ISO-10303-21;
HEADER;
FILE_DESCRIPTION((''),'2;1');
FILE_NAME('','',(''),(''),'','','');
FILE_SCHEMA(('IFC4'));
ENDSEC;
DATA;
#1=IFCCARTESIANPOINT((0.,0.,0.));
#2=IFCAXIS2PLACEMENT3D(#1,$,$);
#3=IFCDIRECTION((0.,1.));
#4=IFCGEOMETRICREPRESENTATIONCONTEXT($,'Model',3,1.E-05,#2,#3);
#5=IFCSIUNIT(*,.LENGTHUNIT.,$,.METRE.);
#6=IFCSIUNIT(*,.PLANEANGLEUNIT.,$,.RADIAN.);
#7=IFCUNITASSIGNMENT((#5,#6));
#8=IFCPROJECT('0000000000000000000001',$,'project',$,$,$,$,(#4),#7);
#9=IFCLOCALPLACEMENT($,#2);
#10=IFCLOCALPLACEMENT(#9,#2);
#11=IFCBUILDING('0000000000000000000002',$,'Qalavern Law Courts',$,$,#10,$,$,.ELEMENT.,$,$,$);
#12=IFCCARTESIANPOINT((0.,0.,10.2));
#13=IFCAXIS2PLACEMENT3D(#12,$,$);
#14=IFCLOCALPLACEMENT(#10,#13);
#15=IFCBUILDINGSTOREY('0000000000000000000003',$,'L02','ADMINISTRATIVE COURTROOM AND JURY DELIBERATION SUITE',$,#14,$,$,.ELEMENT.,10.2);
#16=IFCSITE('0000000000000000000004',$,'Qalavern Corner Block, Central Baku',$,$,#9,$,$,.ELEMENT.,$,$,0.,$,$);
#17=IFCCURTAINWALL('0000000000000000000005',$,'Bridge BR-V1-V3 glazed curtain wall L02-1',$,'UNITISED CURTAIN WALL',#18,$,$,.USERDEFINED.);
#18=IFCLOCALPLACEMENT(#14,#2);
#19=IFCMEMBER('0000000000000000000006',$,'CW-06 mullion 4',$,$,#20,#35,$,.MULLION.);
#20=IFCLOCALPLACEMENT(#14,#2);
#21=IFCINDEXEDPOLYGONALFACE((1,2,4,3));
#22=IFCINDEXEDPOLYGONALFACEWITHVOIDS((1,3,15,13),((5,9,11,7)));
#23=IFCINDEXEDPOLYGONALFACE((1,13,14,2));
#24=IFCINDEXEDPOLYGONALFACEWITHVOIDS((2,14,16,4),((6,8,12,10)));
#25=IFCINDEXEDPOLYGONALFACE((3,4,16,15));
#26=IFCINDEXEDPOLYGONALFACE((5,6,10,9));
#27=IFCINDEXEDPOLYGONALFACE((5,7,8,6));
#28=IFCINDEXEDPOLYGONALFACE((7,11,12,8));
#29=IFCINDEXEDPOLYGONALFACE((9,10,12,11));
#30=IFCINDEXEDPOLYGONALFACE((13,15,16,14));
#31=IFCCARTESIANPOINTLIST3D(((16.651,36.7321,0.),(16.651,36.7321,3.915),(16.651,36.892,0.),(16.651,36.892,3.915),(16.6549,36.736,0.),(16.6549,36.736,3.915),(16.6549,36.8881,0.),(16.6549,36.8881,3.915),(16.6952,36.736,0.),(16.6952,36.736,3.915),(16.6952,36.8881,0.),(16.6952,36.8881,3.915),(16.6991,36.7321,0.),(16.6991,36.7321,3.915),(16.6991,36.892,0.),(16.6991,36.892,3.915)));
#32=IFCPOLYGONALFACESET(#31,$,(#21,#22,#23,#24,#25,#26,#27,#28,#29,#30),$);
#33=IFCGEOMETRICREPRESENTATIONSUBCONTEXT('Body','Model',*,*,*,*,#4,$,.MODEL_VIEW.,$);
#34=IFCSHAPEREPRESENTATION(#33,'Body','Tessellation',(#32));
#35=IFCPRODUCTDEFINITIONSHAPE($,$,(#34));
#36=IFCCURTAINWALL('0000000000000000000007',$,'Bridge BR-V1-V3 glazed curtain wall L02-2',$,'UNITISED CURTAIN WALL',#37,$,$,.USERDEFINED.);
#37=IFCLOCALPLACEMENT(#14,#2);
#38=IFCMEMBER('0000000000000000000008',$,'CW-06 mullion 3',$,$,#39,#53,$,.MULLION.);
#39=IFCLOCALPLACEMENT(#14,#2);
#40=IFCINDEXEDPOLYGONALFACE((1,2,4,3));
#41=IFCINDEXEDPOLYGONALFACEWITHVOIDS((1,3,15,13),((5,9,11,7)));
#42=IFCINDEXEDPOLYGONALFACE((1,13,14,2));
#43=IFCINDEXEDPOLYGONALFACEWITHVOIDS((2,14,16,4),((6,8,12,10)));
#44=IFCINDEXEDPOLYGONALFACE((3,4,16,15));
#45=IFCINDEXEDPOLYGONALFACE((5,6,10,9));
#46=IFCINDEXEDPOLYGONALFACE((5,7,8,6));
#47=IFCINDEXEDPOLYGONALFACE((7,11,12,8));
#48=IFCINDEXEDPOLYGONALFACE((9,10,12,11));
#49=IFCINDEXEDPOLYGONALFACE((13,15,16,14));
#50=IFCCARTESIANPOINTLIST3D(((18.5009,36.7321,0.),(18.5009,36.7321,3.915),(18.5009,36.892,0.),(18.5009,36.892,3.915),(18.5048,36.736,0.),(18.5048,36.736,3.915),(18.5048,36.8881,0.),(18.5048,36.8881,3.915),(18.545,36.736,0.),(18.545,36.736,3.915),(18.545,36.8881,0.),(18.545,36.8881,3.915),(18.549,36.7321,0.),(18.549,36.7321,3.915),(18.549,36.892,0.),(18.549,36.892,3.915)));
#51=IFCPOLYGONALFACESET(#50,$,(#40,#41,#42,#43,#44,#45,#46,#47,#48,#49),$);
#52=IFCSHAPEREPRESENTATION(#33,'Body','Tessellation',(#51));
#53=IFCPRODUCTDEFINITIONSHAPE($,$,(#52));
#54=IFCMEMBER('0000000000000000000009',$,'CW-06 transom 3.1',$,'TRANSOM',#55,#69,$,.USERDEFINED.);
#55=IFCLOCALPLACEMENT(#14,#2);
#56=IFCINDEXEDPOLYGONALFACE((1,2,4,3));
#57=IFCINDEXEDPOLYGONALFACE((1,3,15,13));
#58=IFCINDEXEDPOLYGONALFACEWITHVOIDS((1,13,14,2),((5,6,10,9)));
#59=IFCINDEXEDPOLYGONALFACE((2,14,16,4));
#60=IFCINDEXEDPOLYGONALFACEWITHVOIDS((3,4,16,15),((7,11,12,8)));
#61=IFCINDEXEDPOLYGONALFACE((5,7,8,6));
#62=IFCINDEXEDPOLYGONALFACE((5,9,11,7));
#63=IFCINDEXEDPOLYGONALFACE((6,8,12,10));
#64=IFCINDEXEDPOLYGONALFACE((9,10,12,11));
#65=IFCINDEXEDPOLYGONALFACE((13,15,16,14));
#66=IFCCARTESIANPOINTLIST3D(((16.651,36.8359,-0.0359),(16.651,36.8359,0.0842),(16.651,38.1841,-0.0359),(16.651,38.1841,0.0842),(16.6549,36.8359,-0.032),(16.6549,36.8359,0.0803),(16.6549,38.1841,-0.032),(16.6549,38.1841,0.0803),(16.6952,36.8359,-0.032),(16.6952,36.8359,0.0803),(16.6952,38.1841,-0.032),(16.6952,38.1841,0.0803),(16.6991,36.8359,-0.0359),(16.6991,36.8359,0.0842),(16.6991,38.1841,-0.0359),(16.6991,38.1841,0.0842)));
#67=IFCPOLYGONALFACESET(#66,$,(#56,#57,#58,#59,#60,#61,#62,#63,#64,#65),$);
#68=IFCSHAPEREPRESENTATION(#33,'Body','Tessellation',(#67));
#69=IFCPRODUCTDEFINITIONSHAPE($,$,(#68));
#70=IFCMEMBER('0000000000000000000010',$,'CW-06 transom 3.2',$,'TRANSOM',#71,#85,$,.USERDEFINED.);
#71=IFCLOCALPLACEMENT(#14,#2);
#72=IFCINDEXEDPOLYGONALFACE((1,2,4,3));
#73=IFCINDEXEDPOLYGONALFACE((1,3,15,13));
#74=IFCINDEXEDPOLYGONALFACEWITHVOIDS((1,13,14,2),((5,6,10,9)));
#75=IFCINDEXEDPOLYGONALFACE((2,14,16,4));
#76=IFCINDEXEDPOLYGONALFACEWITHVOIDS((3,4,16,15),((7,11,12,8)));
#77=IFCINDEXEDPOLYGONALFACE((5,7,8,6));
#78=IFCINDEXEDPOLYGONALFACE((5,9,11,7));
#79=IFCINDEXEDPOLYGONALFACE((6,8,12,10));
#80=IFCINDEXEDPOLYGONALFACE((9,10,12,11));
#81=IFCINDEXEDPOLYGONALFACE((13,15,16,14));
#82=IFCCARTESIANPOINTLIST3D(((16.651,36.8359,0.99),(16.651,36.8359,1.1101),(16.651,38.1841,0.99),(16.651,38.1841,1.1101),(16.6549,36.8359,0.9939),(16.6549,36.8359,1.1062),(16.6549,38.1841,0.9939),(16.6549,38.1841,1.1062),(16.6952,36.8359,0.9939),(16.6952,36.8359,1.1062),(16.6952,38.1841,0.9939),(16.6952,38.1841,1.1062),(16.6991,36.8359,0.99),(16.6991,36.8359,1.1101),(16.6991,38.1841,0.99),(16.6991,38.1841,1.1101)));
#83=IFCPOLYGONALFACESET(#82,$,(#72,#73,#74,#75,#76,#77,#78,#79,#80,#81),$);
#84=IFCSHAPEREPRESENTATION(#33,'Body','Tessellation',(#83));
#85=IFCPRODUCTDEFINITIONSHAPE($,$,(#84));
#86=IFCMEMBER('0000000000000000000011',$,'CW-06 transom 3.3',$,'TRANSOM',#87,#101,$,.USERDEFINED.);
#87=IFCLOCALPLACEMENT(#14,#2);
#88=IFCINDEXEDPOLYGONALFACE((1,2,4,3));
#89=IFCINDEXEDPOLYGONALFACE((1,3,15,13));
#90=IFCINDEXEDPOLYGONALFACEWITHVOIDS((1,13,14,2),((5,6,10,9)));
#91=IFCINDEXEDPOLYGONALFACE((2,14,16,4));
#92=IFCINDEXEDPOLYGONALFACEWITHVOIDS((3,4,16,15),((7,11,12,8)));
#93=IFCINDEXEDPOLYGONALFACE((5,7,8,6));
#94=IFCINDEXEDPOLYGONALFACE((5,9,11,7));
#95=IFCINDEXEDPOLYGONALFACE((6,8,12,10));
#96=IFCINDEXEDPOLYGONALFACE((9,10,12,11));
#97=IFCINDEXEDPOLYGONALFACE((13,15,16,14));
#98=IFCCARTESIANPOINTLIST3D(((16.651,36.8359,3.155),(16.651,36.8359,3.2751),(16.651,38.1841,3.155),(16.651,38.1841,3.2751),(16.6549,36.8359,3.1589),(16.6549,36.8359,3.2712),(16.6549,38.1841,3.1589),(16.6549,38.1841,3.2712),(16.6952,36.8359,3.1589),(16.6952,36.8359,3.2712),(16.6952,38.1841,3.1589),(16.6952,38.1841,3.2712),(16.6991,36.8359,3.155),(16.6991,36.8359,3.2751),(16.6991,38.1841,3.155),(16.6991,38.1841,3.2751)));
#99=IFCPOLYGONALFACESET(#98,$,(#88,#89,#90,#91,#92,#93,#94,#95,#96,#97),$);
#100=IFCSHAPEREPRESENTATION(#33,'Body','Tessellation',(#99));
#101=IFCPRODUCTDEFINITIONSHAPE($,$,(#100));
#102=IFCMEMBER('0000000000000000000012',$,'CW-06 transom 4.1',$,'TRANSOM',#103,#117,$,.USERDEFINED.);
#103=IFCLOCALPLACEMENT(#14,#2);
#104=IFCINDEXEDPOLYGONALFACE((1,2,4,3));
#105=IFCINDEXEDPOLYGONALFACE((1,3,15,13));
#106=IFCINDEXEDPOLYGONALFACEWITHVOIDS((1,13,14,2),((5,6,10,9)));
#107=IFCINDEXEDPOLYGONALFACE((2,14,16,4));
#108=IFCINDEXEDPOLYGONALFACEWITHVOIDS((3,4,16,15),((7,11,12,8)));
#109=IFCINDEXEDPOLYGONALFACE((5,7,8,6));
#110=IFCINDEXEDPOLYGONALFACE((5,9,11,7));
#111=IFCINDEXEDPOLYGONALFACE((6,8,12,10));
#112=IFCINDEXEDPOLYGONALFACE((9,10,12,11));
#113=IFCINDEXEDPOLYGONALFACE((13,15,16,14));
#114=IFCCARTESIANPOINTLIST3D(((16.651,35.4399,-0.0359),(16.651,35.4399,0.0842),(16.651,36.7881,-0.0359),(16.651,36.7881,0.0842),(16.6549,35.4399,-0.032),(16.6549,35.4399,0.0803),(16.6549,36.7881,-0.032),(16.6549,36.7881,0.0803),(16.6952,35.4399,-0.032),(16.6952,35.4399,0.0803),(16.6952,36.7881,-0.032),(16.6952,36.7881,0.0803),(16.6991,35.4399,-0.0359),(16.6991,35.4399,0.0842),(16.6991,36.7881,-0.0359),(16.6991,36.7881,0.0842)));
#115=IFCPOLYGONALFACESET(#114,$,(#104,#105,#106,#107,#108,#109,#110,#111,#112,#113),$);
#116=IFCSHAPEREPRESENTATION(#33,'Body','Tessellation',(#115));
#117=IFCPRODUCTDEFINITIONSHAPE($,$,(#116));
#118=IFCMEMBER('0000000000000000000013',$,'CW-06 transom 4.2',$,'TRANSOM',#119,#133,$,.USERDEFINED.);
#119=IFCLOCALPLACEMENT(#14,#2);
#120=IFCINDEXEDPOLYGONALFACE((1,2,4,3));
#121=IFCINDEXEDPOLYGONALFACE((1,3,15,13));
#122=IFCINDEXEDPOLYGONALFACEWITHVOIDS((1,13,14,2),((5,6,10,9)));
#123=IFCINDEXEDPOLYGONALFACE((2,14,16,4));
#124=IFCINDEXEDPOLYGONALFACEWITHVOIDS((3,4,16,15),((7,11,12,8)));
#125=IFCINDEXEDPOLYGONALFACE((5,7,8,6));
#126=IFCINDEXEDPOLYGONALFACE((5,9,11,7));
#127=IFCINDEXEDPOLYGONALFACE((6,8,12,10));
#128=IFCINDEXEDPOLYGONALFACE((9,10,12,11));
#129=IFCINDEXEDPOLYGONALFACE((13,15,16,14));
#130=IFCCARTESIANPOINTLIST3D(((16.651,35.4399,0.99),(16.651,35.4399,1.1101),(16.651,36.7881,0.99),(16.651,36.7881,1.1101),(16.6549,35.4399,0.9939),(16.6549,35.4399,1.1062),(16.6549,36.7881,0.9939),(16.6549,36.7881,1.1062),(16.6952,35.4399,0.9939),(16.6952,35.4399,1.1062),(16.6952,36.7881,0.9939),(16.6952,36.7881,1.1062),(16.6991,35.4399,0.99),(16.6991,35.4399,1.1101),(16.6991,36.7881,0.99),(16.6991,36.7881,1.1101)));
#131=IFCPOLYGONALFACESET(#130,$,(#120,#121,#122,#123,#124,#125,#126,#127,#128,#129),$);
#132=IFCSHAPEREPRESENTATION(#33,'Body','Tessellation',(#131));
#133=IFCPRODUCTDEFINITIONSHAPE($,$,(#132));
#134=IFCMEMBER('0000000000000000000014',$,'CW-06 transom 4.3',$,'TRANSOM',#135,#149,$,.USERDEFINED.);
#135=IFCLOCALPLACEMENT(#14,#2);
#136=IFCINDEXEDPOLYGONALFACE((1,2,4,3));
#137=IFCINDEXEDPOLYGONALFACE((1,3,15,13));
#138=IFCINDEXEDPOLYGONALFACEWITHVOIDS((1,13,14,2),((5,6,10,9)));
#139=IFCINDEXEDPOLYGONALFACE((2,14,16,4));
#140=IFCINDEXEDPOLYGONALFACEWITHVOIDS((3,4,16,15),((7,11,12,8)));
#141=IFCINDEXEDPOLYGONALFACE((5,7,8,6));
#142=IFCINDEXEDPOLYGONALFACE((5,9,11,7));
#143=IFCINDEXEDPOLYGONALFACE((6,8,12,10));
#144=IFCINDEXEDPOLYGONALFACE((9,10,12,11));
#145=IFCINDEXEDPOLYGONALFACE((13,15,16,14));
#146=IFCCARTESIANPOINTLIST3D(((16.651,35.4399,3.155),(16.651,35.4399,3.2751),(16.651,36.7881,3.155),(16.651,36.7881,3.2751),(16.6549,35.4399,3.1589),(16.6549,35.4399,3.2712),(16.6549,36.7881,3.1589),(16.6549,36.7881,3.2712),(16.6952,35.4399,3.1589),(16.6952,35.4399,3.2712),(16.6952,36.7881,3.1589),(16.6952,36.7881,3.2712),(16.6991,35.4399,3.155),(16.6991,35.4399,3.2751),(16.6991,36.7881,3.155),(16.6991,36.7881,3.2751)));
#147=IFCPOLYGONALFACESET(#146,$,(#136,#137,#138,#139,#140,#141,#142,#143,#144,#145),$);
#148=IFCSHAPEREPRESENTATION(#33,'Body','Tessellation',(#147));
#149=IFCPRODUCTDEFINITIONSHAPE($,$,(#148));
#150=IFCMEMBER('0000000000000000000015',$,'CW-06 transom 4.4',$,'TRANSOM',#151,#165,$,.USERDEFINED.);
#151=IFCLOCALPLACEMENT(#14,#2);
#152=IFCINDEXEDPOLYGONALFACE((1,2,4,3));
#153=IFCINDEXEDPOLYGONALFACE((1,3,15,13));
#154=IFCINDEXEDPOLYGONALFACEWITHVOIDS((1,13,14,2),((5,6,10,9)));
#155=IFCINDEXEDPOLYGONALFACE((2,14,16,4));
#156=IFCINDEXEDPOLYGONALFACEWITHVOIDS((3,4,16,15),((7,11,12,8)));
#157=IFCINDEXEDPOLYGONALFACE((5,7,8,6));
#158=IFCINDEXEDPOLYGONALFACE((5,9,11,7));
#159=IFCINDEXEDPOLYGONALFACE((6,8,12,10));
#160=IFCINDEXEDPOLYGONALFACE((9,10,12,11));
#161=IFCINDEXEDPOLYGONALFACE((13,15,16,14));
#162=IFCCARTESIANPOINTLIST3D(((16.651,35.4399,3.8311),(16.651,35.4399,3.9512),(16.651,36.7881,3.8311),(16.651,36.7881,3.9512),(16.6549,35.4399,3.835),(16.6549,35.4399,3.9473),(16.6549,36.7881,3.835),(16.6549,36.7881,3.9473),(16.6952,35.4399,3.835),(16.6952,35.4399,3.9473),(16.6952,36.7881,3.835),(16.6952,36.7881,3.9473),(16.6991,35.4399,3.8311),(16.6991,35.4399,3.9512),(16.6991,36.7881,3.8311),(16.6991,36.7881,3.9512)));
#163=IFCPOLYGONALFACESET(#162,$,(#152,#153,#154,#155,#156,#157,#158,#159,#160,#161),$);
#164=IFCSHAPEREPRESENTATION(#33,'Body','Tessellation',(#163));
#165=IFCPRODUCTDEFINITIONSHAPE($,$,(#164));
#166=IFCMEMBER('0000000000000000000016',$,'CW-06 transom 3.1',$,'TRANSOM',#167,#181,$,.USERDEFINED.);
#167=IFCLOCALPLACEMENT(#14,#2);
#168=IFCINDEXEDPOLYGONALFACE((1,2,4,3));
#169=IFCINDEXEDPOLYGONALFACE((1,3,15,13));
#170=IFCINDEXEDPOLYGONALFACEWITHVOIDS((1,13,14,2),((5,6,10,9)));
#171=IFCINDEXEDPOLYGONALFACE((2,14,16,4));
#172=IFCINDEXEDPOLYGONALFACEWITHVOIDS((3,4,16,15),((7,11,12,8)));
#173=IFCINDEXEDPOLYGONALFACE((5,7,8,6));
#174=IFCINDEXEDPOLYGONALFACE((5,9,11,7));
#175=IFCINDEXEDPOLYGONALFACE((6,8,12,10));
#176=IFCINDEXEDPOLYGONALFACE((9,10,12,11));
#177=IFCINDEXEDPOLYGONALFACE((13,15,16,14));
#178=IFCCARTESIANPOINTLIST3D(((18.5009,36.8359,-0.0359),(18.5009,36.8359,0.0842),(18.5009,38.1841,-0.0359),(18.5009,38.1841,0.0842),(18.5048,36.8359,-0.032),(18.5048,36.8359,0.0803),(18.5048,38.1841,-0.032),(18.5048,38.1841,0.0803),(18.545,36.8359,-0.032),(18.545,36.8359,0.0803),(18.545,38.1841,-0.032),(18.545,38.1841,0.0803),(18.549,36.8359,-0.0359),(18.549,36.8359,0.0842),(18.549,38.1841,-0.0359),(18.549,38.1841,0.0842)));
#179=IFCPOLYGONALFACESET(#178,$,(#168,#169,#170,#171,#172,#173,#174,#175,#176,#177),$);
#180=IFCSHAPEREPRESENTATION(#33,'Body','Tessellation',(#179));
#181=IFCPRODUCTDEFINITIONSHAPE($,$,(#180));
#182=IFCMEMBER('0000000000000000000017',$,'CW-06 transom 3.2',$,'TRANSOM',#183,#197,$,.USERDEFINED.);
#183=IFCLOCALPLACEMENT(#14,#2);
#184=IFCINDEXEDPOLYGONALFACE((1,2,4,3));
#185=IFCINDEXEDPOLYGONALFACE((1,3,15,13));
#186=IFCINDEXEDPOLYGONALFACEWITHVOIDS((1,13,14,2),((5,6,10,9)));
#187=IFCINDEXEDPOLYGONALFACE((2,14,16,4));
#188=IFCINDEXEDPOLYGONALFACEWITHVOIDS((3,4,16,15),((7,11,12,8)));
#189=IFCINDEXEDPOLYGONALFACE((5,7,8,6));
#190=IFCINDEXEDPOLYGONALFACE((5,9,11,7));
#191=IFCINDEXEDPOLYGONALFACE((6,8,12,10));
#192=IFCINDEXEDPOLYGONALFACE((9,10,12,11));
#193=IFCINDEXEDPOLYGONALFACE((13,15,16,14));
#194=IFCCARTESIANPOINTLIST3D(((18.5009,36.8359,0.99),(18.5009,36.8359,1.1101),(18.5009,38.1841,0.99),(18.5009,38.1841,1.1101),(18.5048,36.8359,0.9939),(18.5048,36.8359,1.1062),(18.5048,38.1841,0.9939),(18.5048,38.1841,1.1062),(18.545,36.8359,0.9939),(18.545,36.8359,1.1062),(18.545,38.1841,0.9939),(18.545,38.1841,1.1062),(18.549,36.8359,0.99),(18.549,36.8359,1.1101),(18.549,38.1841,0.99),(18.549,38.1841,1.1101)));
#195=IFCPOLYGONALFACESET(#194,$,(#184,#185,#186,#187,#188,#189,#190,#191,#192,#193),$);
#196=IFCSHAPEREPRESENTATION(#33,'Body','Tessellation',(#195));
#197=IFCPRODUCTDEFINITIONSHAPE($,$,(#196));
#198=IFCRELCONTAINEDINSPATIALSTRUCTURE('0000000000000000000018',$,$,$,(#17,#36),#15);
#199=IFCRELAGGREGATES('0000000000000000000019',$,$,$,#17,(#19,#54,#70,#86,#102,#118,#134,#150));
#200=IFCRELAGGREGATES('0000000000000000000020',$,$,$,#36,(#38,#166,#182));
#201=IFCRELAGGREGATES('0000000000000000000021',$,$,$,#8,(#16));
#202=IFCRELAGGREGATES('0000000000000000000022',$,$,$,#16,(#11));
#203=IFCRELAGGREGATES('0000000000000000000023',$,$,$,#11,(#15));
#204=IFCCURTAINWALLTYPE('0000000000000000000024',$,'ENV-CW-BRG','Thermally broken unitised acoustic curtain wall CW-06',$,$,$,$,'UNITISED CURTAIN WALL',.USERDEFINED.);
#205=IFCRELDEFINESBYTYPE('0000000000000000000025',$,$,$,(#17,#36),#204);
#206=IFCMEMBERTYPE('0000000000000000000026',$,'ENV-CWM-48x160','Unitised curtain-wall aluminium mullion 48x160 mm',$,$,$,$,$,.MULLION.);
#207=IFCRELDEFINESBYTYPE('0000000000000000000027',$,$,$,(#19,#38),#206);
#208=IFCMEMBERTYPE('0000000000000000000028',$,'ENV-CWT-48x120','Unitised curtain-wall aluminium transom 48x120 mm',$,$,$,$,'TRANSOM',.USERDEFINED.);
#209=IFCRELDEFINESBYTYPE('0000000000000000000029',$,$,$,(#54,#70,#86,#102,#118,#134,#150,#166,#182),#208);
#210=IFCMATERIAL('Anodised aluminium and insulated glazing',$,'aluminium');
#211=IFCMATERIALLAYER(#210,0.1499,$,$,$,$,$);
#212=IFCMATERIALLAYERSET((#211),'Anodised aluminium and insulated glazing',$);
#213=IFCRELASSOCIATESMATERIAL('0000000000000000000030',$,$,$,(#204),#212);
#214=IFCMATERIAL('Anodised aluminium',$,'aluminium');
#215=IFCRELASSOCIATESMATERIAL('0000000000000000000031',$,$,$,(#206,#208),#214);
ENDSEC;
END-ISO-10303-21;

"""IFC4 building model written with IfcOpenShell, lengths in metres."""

from ifc_helpers import new_model, si_unit, direction, frame, origin, origin_2d, place, context, subcontext, project, spatial, hollow_rectangle, extrude, material, layer, layer_set, material_profile, profile_set, type_object, element, aggregate, save


model = new_model("IFC4")

# Units and contexts
model_context = context("Model", 3, precision=1e-05, world=origin(), true_north=direction((0.0, 1.0)))
body_context = subcontext(model_context, "Body", "Model", "MODEL_VIEW")
ifc_project = project(units=[si_unit("LENGTHUNIT", "METRE"), si_unit("PLANEANGLEUNIT", "RADIAN")], contexts=[model_context])

# Site, building, storey
site_placement = place(None, origin())
site = spatial("IfcSite", under=ifc_project, at=site_placement, Name="Qalavern Corner Block, Central Baku", CompositionType="ELEMENT", RefElevation=0.0)
building_placement = place(site_placement, origin())
building = spatial("IfcBuilding", under=site, at=building_placement, Name="Qalavern Law Courts", CompositionType="ELEMENT")
storey_placement = place(building_placement, frame((0.0, 0.0, 10.2)))
storey = spatial("IfcBuildingStorey", under=building, at=storey_placement, Name="L02", Description="ADMINISTRATIVE COURTROOM AND JURY DELIBERATION SUITE", CompositionType="ELEMENT", Elevation=10.2)

# Curtain walls, members
ifc_material_1 = material(Name="Anodised aluminium and insulated glazing", Category="aluminium")
ifc_layer_1 = layer(ifc_material_1, 0.1499)
ifc_layer_set_1 = layer_set([ifc_layer_1], Name="Anodised aluminium and insulated glazing")
curtain_wall_type = type_object("IfcCurtainWallType", Name="ENV-CW-BRG", Description="Thermally broken unitised acoustic curtain wall CW-06", ElementType="UNITISED CURTAIN WALL", PredefinedType="USERDEFINED", material=ifc_layer_set_1)
curtain_wall_1_placement = place(storey_placement, origin())
curtain_wall_1 = element("IfcCurtainWall", 1, at=curtain_wall_1_placement, inside=storey, type_object=curtain_wall_type, Name="Bridge BR-V1-V3 glazed curtain wall L02-1", ObjectType="UNITISED CURTAIN WALL", PredefinedType="USERDEFINED")
ifc_material_2 = material(Name="Anodised aluminium", Category="aluminium")
ifc_material_profile_1 = material_profile(ifc_material_2, hollow_rectangle(XDim=0.0481, YDim=0.1599, WallThickness=0.0039, at=origin_2d()), Name="ALU MULLION 48x160")
ifc_profile_set_1 = profile_set([ifc_material_profile_1], Name="Anodised aluminium")
member_type_1 = type_object("IfcMemberType", Name="ENV-CWM-48x160", Description="Unitised curtain-wall aluminium mullion 48x160 mm", PredefinedType="MULLION", material=ifc_profile_set_1)
member_1_placement = place(storey_placement, frame((16.675, 36.812, 0.0), z_axis=(0.0, 0.0, 1.0), x_axis=(1.0, 0.0, 0.0)))
member_1 = element("IfcMember", 2, at=member_1_placement, type_object=member_type_1, Name="CW-06 mullion 4", PredefinedType="MULLION", context=body_context, shape_type="SweptSolid", body=[
    extrude(hollow_rectangle(XDim=0.0481, YDim=0.1599, WallThickness=0.0039, at=origin_2d()), origin(), (0.0, 0.0, 1.0), 3.915),
])
curtain_wall_2_placement = place(storey_placement, origin())
curtain_wall_2 = element("IfcCurtainWall", 3, at=curtain_wall_2_placement, inside=storey, type_object=curtain_wall_type, Name="Bridge BR-V1-V3 glazed curtain wall L02-2", ObjectType="UNITISED CURTAIN WALL", PredefinedType="USERDEFINED")
member_2_placement = place(storey_placement, frame((18.5249, 36.812, 0.0), z_axis=(0.0, 0.0, 1.0), x_axis=(-1.0, 0.0, 0.0)))
member_2 = element("IfcMember", 4, at=member_2_placement, type_object=member_type_1, Name="CW-06 mullion 3", PredefinedType="MULLION", context=body_context, shape_type="SweptSolid", body=[
    extrude(hollow_rectangle(XDim=0.0481, YDim=0.1599, WallThickness=0.0039, at=origin_2d()), origin(), (0.0, 0.0, 1.0), 3.915),
])

# Members
ifc_material_profile_2 = material_profile(ifc_material_2, hollow_rectangle(XDim=0.0481, YDim=0.1201, WallThickness=0.0039, at=origin_2d()), Name="ALU TRANSOM 48x120")
ifc_profile_set_2 = profile_set([ifc_material_profile_2], Name="Anodised aluminium")
member_type_2 = type_object("IfcMemberType", Name="ENV-CWT-48x120", Description="Unitised curtain-wall aluminium transom 48x120 mm", ElementType="TRANSOM", PredefinedType="USERDEFINED", material=ifc_profile_set_2)
member_3_placement = place(storey_placement, frame((16.675, 38.1841, 0.0242), z_axis=(0.0, -1.0, 0.0), x_axis=(1.0, 0.0, 0.0)))
member_3 = element("IfcMember", 5, at=member_3_placement, type_object=member_type_2, Name="CW-06 transom 3.1", ObjectType="TRANSOM", PredefinedType="USERDEFINED", context=body_context, shape_type="SweptSolid", body=[
    extrude(hollow_rectangle(XDim=0.0481, YDim=0.1201, WallThickness=0.0039, at=origin_2d()), origin(), (0.0, 0.0, 1.0), 1.3481),
])
member_4_placement = place(storey_placement, frame((16.675, 38.1841, 1.05), z_axis=(0.0, -1.0, 0.0), x_axis=(1.0, 0.0, 0.0)))
member_4 = element("IfcMember", 6, at=member_4_placement, type_object=member_type_2, Name="CW-06 transom 3.2", ObjectType="TRANSOM", PredefinedType="USERDEFINED", context=body_context, shape_type="SweptSolid", body=[
    extrude(hollow_rectangle(XDim=0.0481, YDim=0.1201, WallThickness=0.0039, at=origin_2d()), origin(), (0.0, 0.0, 1.0), 1.3481),
])
member_5_placement = place(storey_placement, frame((16.675, 38.1841, 3.2151), z_axis=(0.0, -1.0, 0.0), x_axis=(1.0, 0.0, 0.0)))
member_5 = element("IfcMember", 7, at=member_5_placement, type_object=member_type_2, Name="CW-06 transom 3.3", ObjectType="TRANSOM", PredefinedType="USERDEFINED", context=body_context, shape_type="SweptSolid", body=[
    extrude(hollow_rectangle(XDim=0.0481, YDim=0.1201, WallThickness=0.0039, at=origin_2d()), origin(), (0.0, 0.0, 1.0), 1.3481),
])
member_6_placement = place(storey_placement, frame((16.675, 36.7881, 0.0242), z_axis=(0.0, -1.0, 0.0), x_axis=(1.0, 0.0, 0.0)))
member_6 = element("IfcMember", 8, at=member_6_placement, type_object=member_type_2, Name="CW-06 transom 4.1", ObjectType="TRANSOM", PredefinedType="USERDEFINED", context=body_context, shape_type="SweptSolid", body=[
    extrude(hollow_rectangle(XDim=0.0481, YDim=0.1201, WallThickness=0.0039, at=origin_2d()), origin(), (0.0, 0.0, 1.0), 1.3481),
])
member_7_placement = place(storey_placement, frame((16.675, 36.7881, 1.05), z_axis=(0.0, -1.0, 0.0), x_axis=(1.0, 0.0, 0.0)))
member_7 = element("IfcMember", 9, at=member_7_placement, type_object=member_type_2, Name="CW-06 transom 4.2", ObjectType="TRANSOM", PredefinedType="USERDEFINED", context=body_context, shape_type="SweptSolid", body=[
    extrude(hollow_rectangle(XDim=0.0481, YDim=0.1201, WallThickness=0.0039, at=origin_2d()), origin(), (0.0, 0.0, 1.0), 1.3481),
])
member_8_placement = place(storey_placement, frame((16.675, 36.7881, 3.2151), z_axis=(0.0, -1.0, 0.0), x_axis=(1.0, 0.0, 0.0)))
member_8 = element("IfcMember", 10, at=member_8_placement, type_object=member_type_2, Name="CW-06 transom 4.3", ObjectType="TRANSOM", PredefinedType="USERDEFINED", context=body_context, shape_type="SweptSolid", body=[
    extrude(hollow_rectangle(XDim=0.0481, YDim=0.1201, WallThickness=0.0039, at=origin_2d()), origin(), (0.0, 0.0, 1.0), 1.3481),
])
member_9_placement = place(storey_placement, frame((16.675, 36.7881, 3.8911), z_axis=(0.0, -1.0, 0.0), x_axis=(1.0, 0.0, 0.0)))
member_9 = element("IfcMember", 11, at=member_9_placement, type_object=member_type_2, Name="CW-06 transom 4.4", ObjectType="TRANSOM", PredefinedType="USERDEFINED", context=body_context, shape_type="SweptSolid", body=[
    extrude(hollow_rectangle(XDim=0.0481, YDim=0.1201, WallThickness=0.0039, at=origin_2d()), origin(), (0.0, 0.0, 1.0), 1.3481),
])
member_10_placement = place(storey_placement, frame((18.5249, 36.8359, 0.0242), z_axis=(0.0, 1.0, 0.0), x_axis=(-1.0, 0.0, 0.0)))
member_10 = element("IfcMember", 12, at=member_10_placement, type_object=member_type_2, Name="CW-06 transom 3.1", ObjectType="TRANSOM", PredefinedType="USERDEFINED", context=body_context, shape_type="SweptSolid", body=[
    extrude(hollow_rectangle(XDim=0.0481, YDim=0.1201, WallThickness=0.0039, at=origin_2d()), origin(), (0.0, 0.0, 1.0), 1.3481),
])
member_11_placement = place(storey_placement, frame((18.5249, 36.8359, 1.05), z_axis=(0.0, 1.0, 0.0), x_axis=(-1.0, 0.0, 0.0)))
member_11 = element("IfcMember", 13, at=member_11_placement, type_object=member_type_2, Name="CW-06 transom 3.2", ObjectType="TRANSOM", PredefinedType="USERDEFINED", context=body_context, shape_type="SweptSolid", body=[
    extrude(hollow_rectangle(XDim=0.0481, YDim=0.1201, WallThickness=0.0039, at=origin_2d()), origin(), (0.0, 0.0, 1.0), 1.3481),
])

aggregate(curtain_wall_1, [member_1, member_3, member_4, member_5, member_6, member_7, member_8, member_9])
aggregate(curtain_wall_2, [member_2, member_10, member_11])

save(model, "model.ifc")
